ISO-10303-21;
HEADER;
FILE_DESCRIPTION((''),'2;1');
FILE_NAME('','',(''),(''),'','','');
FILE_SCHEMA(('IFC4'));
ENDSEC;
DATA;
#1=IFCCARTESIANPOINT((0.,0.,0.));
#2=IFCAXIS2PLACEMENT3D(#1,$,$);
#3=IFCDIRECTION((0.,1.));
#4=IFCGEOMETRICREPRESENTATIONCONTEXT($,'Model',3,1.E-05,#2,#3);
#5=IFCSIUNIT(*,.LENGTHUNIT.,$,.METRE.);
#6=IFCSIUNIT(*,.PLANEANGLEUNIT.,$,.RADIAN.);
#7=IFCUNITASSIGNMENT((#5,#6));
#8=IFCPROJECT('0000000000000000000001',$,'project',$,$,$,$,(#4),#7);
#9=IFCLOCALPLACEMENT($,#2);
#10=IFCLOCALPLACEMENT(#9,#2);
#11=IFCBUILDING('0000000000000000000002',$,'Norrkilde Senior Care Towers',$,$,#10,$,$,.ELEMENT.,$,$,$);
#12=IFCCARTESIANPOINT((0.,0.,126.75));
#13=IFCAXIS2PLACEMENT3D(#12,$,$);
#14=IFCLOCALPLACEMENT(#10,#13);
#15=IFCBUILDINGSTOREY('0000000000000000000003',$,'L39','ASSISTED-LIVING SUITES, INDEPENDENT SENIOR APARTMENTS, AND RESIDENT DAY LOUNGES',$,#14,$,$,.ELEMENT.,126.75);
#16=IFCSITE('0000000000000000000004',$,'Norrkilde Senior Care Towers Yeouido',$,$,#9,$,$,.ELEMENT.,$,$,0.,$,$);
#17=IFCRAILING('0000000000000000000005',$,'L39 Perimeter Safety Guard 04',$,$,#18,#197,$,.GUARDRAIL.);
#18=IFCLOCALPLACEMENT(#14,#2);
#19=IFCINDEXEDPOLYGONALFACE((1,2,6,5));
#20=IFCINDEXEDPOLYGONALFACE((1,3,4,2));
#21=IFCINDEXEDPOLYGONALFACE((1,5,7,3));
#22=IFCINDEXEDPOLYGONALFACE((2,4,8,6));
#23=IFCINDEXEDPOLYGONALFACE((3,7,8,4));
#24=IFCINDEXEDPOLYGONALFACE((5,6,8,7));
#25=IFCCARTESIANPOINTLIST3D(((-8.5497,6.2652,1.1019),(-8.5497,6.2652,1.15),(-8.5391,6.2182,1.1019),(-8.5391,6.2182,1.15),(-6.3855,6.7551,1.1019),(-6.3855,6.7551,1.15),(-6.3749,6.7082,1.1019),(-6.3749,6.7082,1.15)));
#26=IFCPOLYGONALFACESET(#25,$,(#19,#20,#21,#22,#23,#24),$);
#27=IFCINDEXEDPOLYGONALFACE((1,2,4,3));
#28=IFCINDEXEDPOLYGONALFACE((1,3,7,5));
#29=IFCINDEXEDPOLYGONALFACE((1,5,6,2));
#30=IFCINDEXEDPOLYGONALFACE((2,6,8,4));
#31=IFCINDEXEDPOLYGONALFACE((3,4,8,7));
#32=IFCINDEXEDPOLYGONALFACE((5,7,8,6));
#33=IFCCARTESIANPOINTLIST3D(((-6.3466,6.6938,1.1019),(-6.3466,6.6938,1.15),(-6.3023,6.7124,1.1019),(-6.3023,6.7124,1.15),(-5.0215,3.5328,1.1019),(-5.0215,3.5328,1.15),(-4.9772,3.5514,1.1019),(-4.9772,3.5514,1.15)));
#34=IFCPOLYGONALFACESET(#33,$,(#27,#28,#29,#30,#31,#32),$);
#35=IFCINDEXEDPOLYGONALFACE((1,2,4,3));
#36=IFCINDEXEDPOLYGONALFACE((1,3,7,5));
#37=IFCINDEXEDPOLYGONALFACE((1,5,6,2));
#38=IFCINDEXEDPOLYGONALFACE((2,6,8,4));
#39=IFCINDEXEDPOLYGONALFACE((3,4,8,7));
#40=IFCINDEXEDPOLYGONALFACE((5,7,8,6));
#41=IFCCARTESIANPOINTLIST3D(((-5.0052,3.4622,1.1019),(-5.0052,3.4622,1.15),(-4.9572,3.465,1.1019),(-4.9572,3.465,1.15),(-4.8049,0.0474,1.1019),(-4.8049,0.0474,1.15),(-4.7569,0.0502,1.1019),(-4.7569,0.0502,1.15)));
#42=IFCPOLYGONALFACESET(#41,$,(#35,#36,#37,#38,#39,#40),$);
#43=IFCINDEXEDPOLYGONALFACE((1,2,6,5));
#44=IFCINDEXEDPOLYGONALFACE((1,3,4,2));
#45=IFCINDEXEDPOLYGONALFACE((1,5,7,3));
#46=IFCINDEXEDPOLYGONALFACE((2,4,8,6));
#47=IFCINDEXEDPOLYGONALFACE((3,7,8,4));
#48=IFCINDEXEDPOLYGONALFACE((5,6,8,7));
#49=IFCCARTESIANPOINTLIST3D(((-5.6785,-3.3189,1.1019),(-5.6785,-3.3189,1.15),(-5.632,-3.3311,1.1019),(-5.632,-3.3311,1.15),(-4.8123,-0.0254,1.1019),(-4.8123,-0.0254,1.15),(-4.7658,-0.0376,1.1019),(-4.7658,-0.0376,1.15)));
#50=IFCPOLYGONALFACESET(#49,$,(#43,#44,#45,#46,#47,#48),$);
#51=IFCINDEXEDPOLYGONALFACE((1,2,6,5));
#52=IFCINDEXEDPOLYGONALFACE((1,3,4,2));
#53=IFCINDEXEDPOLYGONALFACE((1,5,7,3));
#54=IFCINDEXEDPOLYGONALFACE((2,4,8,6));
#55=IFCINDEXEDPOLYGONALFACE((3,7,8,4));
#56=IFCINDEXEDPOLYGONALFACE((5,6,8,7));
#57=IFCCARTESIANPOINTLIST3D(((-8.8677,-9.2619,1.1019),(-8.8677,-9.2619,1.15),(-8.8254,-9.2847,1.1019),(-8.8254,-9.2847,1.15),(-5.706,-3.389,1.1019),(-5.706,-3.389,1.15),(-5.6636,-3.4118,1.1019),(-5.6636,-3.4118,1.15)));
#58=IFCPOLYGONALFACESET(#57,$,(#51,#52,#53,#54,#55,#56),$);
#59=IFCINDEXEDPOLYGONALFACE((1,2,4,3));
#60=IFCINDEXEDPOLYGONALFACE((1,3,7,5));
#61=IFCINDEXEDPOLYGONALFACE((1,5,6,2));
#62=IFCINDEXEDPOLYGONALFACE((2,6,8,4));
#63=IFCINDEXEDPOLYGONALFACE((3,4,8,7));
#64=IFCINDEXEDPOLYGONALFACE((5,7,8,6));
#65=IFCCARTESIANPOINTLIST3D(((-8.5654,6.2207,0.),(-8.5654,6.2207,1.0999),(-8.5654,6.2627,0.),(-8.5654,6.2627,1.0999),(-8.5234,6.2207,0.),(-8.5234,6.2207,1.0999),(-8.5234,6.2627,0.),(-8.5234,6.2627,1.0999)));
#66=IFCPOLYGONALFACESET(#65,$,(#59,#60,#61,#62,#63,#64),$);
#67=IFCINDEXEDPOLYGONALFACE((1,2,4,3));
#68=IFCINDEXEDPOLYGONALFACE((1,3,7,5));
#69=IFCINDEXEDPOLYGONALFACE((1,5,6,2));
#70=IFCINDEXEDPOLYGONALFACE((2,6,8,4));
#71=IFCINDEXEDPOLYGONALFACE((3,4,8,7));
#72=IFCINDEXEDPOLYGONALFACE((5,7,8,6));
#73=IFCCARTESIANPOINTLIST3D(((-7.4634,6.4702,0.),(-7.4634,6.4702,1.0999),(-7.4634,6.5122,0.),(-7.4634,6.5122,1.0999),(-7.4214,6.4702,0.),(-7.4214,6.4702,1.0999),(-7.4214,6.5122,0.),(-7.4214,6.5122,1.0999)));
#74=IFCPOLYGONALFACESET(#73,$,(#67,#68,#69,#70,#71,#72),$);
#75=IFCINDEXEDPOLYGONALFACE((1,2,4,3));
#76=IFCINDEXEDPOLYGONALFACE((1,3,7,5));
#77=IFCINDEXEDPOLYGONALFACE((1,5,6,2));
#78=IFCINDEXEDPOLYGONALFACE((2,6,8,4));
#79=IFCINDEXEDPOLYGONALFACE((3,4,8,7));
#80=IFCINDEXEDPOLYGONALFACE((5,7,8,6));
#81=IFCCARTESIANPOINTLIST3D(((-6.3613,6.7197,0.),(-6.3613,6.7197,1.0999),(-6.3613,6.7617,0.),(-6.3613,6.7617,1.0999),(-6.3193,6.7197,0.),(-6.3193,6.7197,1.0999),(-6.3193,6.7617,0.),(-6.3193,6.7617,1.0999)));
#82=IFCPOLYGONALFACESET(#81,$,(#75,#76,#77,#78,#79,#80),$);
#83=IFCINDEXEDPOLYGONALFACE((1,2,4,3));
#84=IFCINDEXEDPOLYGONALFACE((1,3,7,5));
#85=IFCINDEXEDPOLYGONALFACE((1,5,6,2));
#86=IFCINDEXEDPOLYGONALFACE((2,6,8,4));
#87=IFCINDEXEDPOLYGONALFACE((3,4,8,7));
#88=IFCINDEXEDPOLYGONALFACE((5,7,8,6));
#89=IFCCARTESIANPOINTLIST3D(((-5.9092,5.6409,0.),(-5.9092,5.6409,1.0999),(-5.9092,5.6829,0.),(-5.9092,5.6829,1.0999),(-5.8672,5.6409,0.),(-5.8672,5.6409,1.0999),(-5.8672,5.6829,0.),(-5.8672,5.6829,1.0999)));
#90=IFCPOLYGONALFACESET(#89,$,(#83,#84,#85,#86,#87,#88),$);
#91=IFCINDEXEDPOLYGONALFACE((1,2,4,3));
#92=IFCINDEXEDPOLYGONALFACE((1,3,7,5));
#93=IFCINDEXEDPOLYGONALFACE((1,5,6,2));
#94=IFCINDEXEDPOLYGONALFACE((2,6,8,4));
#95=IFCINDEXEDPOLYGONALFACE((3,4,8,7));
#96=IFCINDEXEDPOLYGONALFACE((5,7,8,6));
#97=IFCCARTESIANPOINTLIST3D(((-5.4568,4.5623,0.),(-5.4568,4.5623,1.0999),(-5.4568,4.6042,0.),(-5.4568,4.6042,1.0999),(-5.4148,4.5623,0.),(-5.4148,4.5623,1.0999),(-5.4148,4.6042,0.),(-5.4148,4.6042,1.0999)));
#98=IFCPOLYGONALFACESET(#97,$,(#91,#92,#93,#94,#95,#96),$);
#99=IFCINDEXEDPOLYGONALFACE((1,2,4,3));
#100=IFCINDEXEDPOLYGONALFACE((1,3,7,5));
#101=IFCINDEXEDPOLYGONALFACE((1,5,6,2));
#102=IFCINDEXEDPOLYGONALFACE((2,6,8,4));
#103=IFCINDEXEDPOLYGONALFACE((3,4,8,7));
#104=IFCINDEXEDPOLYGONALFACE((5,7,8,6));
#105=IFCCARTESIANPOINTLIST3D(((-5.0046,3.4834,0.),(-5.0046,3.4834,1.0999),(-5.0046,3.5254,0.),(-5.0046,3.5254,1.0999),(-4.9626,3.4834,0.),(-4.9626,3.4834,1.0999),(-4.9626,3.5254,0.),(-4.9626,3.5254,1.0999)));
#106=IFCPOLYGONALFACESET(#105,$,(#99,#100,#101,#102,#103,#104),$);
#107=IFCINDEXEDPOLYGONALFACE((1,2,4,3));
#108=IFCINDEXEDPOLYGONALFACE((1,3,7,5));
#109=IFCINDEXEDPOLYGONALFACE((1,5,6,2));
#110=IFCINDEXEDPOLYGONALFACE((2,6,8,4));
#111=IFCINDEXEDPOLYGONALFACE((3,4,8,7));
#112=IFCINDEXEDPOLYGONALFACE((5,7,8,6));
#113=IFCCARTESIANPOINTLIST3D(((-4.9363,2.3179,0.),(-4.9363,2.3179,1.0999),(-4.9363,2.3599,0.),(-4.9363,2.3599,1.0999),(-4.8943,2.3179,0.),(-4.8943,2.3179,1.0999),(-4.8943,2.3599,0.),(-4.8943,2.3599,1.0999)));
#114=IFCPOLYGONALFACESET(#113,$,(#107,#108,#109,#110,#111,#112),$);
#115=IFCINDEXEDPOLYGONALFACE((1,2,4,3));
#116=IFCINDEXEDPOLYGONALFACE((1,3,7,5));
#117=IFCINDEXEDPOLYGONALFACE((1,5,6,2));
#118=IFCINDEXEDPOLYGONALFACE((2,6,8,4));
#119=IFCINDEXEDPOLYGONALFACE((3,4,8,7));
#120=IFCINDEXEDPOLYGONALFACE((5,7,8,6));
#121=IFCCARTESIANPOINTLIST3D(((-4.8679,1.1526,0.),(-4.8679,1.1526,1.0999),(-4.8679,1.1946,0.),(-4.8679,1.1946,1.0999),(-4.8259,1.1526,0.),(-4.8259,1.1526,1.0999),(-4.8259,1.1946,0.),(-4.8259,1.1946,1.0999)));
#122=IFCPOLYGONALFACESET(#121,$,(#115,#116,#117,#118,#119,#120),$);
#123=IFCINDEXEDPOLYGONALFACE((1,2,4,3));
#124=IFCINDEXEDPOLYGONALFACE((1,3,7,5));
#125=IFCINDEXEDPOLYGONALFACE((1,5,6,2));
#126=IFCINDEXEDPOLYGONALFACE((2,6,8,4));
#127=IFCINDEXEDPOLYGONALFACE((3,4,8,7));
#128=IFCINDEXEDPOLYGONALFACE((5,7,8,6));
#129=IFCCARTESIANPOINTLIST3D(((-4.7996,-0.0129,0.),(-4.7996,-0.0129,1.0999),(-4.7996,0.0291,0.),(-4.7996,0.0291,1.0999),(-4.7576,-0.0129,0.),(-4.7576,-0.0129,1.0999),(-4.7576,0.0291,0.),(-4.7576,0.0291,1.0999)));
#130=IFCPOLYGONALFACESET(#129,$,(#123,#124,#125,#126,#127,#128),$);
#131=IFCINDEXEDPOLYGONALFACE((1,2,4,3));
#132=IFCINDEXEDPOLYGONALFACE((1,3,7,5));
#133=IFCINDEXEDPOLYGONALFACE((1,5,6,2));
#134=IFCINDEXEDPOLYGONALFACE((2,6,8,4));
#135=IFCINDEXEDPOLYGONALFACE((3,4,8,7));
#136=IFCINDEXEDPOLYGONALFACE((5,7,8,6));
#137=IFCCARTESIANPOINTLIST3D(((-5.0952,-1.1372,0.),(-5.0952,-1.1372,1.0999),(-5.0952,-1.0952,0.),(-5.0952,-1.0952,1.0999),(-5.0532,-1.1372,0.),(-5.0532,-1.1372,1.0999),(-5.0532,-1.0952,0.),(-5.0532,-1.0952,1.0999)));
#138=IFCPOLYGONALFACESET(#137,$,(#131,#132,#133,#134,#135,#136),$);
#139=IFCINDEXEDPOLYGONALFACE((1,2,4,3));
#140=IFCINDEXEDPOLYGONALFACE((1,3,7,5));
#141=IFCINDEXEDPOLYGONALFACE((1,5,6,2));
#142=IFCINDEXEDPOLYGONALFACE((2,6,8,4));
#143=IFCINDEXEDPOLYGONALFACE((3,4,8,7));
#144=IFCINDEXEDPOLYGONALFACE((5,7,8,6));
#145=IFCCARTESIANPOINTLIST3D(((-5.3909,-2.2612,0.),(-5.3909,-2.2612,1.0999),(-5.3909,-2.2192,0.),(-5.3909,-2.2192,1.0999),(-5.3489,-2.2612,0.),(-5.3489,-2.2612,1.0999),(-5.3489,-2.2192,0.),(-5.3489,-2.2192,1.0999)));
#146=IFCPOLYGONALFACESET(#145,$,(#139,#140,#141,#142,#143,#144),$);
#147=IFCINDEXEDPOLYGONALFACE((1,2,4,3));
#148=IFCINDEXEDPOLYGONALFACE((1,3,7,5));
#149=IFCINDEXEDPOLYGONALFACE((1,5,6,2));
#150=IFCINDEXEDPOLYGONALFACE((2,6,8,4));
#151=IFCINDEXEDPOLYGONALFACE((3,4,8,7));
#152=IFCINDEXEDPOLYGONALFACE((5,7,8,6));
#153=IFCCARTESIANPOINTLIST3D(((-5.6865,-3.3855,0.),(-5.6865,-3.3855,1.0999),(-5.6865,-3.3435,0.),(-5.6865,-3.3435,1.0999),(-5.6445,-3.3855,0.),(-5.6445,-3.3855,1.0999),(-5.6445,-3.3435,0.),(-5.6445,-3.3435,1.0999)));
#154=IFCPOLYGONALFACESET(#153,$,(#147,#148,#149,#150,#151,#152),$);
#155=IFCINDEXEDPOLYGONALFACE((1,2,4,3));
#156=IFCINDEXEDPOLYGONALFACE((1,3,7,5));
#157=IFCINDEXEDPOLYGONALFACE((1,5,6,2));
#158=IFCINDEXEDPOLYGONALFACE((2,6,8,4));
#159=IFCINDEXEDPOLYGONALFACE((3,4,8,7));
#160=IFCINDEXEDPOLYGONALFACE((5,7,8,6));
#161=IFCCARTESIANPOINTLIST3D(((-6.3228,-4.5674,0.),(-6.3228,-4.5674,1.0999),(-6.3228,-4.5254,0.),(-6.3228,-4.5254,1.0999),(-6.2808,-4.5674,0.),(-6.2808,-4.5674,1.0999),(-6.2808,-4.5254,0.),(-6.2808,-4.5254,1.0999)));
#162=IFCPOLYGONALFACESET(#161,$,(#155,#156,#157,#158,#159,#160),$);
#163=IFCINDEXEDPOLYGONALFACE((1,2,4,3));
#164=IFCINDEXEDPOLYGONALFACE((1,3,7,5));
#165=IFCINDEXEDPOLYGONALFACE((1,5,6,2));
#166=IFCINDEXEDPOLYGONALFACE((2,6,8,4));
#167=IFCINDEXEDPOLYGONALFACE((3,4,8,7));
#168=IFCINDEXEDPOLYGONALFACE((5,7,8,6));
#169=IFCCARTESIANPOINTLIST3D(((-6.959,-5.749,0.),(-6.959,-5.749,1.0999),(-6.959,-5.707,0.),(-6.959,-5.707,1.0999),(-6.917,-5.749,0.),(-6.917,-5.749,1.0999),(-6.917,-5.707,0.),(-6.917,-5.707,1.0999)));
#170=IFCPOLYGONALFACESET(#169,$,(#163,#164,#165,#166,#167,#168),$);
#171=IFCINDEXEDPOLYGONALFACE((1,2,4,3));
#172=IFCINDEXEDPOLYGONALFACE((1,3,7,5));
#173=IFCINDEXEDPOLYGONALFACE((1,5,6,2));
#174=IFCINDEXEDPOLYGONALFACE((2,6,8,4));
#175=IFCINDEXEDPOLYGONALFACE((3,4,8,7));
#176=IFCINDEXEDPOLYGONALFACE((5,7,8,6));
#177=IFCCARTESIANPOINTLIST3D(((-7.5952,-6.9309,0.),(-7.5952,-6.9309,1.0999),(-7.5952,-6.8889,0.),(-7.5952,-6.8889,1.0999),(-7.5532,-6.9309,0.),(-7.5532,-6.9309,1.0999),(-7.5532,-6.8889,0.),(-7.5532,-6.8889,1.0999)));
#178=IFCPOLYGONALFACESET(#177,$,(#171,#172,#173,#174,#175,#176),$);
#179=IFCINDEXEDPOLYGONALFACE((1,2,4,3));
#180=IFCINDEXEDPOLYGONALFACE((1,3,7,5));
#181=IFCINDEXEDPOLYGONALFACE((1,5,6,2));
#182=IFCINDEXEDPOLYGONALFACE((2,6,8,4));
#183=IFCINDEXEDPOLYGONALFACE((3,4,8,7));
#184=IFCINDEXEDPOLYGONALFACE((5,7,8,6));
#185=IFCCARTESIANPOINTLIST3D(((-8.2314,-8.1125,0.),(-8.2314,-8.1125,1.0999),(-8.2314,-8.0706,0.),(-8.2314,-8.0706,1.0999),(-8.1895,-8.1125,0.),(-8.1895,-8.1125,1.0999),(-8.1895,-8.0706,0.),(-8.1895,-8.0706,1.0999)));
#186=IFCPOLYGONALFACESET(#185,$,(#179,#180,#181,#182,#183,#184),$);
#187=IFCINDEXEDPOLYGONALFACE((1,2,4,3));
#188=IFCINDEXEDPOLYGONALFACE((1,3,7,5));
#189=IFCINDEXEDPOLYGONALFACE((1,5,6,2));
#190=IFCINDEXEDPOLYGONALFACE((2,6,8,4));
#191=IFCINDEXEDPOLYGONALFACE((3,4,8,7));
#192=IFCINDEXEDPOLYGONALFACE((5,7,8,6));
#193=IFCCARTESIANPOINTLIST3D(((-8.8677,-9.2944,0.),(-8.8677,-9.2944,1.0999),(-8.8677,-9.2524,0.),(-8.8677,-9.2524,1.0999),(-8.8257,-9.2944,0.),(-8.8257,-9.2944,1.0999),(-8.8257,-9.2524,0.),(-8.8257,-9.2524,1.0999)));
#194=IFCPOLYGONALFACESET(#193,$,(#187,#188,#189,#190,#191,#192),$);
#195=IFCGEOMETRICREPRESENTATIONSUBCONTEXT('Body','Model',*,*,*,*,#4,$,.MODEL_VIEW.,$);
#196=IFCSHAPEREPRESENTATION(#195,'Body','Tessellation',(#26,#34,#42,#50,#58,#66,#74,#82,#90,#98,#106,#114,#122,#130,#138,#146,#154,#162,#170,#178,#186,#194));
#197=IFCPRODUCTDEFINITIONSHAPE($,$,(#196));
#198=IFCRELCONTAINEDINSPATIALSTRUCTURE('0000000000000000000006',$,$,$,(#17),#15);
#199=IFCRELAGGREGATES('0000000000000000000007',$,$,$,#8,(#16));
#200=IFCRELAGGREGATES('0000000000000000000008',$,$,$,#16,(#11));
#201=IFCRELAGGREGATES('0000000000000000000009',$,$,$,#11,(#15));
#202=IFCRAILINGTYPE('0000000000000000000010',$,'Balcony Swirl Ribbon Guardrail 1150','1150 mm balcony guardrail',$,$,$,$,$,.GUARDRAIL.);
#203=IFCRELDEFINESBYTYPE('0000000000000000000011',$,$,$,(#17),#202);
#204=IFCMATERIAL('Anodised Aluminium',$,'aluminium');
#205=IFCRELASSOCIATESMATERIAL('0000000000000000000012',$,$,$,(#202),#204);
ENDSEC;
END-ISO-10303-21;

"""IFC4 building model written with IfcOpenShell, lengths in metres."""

from ifc_helpers import new_model, si_unit, direction, frame, origin, origin_2d, place, context, subcontext, project, spatial, rectangle, extrude, material, type_object, element, save


model = new_model("IFC4")

# Units and contexts
model_context = context("Model", 3, precision=1e-05, world=origin(), true_north=direction((0.0, 1.0)))
body_context = subcontext(model_context, "Body", "Model", "MODEL_VIEW")
ifc_project = project(units=[si_unit("LENGTHUNIT", "METRE"), si_unit("PLANEANGLEUNIT", "RADIAN")], contexts=[model_context])

# Site, building, storey
site_placement = place(None, origin())
site = spatial("IfcSite", under=ifc_project, at=site_placement, Name="Norrkilde Senior Care Towers Yeouido", CompositionType="ELEMENT", RefElevation=0.0)
building_placement = place(site_placement, origin())
building = spatial("IfcBuilding", under=site, at=building_placement, Name="Norrkilde Senior Care Towers", CompositionType="ELEMENT")
storey_placement = place(building_placement, frame((0.0, 0.0, 126.75)))
storey = spatial("IfcBuildingStorey", under=building, at=storey_placement, Name="L39", Description="ASSISTED-LIVING SUITES, INDEPENDENT SENIOR APARTMENTS, AND RESIDENT DAY LOUNGES", CompositionType="ELEMENT", Elevation=126.75)

# Shared definitions
ifc_material_1 = material(Name="Anodised Aluminium", Category="aluminium")

# Railing
railing_type = type_object("IfcRailingType", Name="Balcony Swirl Ribbon Guardrail 1150", Description="1150 mm balcony guardrail", PredefinedType="GUARDRAIL", material=ifc_material_1)
railing_placement = place(storey_placement, frame((-8.5444, 6.2417, 0.0)))
element("IfcRailing", 1, at=railing_placement, inside=storey, type_object=railing_type, Name="L39 Perimeter Safety Guard 04", PredefinedType="GUARDRAIL", context=body_context, shape_type="SweptSolid", body=[
    extrude(rectangle(XDim=0.0481, YDim=0.0481, at=origin_2d()), frame((0.0, 0.0, 1.126), z_axis=(0.975315, 0.220818, 0.0), x_axis=(-0.220818, 0.975315, 0.0)), (0.0, 0.0, 1.0), 2.219),
    extrude(rectangle(XDim=0.0481, YDim=0.0481, at=origin_2d()), frame((2.22, 0.4614, 1.126), z_axis=(0.38661, -0.922243, 0.0), x_axis=(0.922243, 0.38661, 0.0)), (0.0, 0.0, 1.0), 3.4275),
    extrude(rectangle(XDim=0.0481, YDim=0.0481, at=origin_2d()), frame((3.5632, -2.7781, 1.126), z_axis=(0.058554, -0.998284, 0.0), x_axis=(0.998284, 0.058554, 0.0)), (0.0, 0.0, 1.0), 3.4207),
    extrude(rectangle(XDim=0.0481, YDim=0.0481, at=origin_2d()), frame((3.7554, -6.2732, 1.126), z_axis=(-0.254345, -0.967114, 0.0), x_axis=(0.967114, -0.254345, 0.0)), (0.0, 0.0, 1.0), 3.4055),
    extrude(rectangle(XDim=0.0481, YDim=0.0481, at=origin_2d()), frame((2.8596, -9.6421, 1.126), z_axis=(-0.474033, -0.880507, 0.0), x_axis=(0.880507, -0.474033, 0.0)), (0.0, 0.0, 1.0), 6.6699),
    extrude(rectangle(XDim=0.042, YDim=0.042, at=origin_2d()), origin(), (0.0, 0.0, 1.0), 1.0999),
    extrude(rectangle(XDim=0.042, YDim=0.042, at=origin_2d()), frame((1.1021, 0.2495, 0.0)), (0.0, 0.0, 1.0), 1.0999),
    extrude(rectangle(XDim=0.042, YDim=0.042, at=origin_2d()), frame((2.2041, 0.499, 0.0)), (0.0, 0.0, 1.0), 1.0999),
    extrude(rectangle(XDim=0.042, YDim=0.042, at=origin_2d()), frame((2.6562, -0.5798, 0.0)), (0.0, 0.0, 1.0), 1.0999),
    extrude(rectangle(XDim=0.042, YDim=0.042, at=origin_2d()), frame((3.1086, -1.6584, 0.0)), (0.0, 0.0, 1.0), 1.0999),
    extrude(rectangle(XDim=0.042, YDim=0.042, at=origin_2d()), frame((3.5608, -2.7373, 0.0)), (0.0, 0.0, 1.0), 1.0999),
    extrude(rectangle(XDim=0.042, YDim=0.042, at=origin_2d()), frame((3.6292, -3.9028, 0.0)), (0.0, 0.0, 1.0), 1.0999),
    extrude(rectangle(XDim=0.042, YDim=0.042, at=origin_2d()), frame((3.6975, -5.0681, 0.0)), (0.0, 0.0, 1.0), 1.0999),
    extrude(rectangle(XDim=0.042, YDim=0.042, at=origin_2d()), frame((3.7659, -6.2336, 0.0)), (0.0, 0.0, 1.0), 1.0999),
    extrude(rectangle(XDim=0.042, YDim=0.042, at=origin_2d()), frame((3.4702, -7.3579, 0.0)), (0.0, 0.0, 1.0), 1.0999),
    extrude(rectangle(XDim=0.042, YDim=0.042, at=origin_2d()), frame((3.1746, -8.4819, 0.0)), (0.0, 0.0, 1.0), 1.0999),
    extrude(rectangle(XDim=0.042, YDim=0.042, at=origin_2d()), frame((2.8789, -9.6062, 0.0)), (0.0, 0.0, 1.0), 1.0999),
    extrude(rectangle(XDim=0.042, YDim=0.042, at=origin_2d()), frame((2.2427, -10.7881, 0.0)), (0.0, 0.0, 1.0), 1.0999),
    extrude(rectangle(XDim=0.042, YDim=0.042, at=origin_2d()), frame((1.6064, -11.9697, 0.0)), (0.0, 0.0, 1.0), 1.0999),
    extrude(rectangle(XDim=0.042, YDim=0.042, at=origin_2d()), frame((0.9702, -13.1516, 0.0)), (0.0, 0.0, 1.0), 1.0999),
    extrude(rectangle(XDim=0.042, YDim=0.042, at=origin_2d()), frame((0.334, -14.3333, 0.0)), (0.0, 0.0, 1.0), 1.0999),
    extrude(rectangle(XDim=0.042, YDim=0.042, at=origin_2d()), frame((-0.3022, -15.5151, 0.0)), (0.0, 0.0, 1.0), 1.0999),
])

save(model, "model.ifc")
